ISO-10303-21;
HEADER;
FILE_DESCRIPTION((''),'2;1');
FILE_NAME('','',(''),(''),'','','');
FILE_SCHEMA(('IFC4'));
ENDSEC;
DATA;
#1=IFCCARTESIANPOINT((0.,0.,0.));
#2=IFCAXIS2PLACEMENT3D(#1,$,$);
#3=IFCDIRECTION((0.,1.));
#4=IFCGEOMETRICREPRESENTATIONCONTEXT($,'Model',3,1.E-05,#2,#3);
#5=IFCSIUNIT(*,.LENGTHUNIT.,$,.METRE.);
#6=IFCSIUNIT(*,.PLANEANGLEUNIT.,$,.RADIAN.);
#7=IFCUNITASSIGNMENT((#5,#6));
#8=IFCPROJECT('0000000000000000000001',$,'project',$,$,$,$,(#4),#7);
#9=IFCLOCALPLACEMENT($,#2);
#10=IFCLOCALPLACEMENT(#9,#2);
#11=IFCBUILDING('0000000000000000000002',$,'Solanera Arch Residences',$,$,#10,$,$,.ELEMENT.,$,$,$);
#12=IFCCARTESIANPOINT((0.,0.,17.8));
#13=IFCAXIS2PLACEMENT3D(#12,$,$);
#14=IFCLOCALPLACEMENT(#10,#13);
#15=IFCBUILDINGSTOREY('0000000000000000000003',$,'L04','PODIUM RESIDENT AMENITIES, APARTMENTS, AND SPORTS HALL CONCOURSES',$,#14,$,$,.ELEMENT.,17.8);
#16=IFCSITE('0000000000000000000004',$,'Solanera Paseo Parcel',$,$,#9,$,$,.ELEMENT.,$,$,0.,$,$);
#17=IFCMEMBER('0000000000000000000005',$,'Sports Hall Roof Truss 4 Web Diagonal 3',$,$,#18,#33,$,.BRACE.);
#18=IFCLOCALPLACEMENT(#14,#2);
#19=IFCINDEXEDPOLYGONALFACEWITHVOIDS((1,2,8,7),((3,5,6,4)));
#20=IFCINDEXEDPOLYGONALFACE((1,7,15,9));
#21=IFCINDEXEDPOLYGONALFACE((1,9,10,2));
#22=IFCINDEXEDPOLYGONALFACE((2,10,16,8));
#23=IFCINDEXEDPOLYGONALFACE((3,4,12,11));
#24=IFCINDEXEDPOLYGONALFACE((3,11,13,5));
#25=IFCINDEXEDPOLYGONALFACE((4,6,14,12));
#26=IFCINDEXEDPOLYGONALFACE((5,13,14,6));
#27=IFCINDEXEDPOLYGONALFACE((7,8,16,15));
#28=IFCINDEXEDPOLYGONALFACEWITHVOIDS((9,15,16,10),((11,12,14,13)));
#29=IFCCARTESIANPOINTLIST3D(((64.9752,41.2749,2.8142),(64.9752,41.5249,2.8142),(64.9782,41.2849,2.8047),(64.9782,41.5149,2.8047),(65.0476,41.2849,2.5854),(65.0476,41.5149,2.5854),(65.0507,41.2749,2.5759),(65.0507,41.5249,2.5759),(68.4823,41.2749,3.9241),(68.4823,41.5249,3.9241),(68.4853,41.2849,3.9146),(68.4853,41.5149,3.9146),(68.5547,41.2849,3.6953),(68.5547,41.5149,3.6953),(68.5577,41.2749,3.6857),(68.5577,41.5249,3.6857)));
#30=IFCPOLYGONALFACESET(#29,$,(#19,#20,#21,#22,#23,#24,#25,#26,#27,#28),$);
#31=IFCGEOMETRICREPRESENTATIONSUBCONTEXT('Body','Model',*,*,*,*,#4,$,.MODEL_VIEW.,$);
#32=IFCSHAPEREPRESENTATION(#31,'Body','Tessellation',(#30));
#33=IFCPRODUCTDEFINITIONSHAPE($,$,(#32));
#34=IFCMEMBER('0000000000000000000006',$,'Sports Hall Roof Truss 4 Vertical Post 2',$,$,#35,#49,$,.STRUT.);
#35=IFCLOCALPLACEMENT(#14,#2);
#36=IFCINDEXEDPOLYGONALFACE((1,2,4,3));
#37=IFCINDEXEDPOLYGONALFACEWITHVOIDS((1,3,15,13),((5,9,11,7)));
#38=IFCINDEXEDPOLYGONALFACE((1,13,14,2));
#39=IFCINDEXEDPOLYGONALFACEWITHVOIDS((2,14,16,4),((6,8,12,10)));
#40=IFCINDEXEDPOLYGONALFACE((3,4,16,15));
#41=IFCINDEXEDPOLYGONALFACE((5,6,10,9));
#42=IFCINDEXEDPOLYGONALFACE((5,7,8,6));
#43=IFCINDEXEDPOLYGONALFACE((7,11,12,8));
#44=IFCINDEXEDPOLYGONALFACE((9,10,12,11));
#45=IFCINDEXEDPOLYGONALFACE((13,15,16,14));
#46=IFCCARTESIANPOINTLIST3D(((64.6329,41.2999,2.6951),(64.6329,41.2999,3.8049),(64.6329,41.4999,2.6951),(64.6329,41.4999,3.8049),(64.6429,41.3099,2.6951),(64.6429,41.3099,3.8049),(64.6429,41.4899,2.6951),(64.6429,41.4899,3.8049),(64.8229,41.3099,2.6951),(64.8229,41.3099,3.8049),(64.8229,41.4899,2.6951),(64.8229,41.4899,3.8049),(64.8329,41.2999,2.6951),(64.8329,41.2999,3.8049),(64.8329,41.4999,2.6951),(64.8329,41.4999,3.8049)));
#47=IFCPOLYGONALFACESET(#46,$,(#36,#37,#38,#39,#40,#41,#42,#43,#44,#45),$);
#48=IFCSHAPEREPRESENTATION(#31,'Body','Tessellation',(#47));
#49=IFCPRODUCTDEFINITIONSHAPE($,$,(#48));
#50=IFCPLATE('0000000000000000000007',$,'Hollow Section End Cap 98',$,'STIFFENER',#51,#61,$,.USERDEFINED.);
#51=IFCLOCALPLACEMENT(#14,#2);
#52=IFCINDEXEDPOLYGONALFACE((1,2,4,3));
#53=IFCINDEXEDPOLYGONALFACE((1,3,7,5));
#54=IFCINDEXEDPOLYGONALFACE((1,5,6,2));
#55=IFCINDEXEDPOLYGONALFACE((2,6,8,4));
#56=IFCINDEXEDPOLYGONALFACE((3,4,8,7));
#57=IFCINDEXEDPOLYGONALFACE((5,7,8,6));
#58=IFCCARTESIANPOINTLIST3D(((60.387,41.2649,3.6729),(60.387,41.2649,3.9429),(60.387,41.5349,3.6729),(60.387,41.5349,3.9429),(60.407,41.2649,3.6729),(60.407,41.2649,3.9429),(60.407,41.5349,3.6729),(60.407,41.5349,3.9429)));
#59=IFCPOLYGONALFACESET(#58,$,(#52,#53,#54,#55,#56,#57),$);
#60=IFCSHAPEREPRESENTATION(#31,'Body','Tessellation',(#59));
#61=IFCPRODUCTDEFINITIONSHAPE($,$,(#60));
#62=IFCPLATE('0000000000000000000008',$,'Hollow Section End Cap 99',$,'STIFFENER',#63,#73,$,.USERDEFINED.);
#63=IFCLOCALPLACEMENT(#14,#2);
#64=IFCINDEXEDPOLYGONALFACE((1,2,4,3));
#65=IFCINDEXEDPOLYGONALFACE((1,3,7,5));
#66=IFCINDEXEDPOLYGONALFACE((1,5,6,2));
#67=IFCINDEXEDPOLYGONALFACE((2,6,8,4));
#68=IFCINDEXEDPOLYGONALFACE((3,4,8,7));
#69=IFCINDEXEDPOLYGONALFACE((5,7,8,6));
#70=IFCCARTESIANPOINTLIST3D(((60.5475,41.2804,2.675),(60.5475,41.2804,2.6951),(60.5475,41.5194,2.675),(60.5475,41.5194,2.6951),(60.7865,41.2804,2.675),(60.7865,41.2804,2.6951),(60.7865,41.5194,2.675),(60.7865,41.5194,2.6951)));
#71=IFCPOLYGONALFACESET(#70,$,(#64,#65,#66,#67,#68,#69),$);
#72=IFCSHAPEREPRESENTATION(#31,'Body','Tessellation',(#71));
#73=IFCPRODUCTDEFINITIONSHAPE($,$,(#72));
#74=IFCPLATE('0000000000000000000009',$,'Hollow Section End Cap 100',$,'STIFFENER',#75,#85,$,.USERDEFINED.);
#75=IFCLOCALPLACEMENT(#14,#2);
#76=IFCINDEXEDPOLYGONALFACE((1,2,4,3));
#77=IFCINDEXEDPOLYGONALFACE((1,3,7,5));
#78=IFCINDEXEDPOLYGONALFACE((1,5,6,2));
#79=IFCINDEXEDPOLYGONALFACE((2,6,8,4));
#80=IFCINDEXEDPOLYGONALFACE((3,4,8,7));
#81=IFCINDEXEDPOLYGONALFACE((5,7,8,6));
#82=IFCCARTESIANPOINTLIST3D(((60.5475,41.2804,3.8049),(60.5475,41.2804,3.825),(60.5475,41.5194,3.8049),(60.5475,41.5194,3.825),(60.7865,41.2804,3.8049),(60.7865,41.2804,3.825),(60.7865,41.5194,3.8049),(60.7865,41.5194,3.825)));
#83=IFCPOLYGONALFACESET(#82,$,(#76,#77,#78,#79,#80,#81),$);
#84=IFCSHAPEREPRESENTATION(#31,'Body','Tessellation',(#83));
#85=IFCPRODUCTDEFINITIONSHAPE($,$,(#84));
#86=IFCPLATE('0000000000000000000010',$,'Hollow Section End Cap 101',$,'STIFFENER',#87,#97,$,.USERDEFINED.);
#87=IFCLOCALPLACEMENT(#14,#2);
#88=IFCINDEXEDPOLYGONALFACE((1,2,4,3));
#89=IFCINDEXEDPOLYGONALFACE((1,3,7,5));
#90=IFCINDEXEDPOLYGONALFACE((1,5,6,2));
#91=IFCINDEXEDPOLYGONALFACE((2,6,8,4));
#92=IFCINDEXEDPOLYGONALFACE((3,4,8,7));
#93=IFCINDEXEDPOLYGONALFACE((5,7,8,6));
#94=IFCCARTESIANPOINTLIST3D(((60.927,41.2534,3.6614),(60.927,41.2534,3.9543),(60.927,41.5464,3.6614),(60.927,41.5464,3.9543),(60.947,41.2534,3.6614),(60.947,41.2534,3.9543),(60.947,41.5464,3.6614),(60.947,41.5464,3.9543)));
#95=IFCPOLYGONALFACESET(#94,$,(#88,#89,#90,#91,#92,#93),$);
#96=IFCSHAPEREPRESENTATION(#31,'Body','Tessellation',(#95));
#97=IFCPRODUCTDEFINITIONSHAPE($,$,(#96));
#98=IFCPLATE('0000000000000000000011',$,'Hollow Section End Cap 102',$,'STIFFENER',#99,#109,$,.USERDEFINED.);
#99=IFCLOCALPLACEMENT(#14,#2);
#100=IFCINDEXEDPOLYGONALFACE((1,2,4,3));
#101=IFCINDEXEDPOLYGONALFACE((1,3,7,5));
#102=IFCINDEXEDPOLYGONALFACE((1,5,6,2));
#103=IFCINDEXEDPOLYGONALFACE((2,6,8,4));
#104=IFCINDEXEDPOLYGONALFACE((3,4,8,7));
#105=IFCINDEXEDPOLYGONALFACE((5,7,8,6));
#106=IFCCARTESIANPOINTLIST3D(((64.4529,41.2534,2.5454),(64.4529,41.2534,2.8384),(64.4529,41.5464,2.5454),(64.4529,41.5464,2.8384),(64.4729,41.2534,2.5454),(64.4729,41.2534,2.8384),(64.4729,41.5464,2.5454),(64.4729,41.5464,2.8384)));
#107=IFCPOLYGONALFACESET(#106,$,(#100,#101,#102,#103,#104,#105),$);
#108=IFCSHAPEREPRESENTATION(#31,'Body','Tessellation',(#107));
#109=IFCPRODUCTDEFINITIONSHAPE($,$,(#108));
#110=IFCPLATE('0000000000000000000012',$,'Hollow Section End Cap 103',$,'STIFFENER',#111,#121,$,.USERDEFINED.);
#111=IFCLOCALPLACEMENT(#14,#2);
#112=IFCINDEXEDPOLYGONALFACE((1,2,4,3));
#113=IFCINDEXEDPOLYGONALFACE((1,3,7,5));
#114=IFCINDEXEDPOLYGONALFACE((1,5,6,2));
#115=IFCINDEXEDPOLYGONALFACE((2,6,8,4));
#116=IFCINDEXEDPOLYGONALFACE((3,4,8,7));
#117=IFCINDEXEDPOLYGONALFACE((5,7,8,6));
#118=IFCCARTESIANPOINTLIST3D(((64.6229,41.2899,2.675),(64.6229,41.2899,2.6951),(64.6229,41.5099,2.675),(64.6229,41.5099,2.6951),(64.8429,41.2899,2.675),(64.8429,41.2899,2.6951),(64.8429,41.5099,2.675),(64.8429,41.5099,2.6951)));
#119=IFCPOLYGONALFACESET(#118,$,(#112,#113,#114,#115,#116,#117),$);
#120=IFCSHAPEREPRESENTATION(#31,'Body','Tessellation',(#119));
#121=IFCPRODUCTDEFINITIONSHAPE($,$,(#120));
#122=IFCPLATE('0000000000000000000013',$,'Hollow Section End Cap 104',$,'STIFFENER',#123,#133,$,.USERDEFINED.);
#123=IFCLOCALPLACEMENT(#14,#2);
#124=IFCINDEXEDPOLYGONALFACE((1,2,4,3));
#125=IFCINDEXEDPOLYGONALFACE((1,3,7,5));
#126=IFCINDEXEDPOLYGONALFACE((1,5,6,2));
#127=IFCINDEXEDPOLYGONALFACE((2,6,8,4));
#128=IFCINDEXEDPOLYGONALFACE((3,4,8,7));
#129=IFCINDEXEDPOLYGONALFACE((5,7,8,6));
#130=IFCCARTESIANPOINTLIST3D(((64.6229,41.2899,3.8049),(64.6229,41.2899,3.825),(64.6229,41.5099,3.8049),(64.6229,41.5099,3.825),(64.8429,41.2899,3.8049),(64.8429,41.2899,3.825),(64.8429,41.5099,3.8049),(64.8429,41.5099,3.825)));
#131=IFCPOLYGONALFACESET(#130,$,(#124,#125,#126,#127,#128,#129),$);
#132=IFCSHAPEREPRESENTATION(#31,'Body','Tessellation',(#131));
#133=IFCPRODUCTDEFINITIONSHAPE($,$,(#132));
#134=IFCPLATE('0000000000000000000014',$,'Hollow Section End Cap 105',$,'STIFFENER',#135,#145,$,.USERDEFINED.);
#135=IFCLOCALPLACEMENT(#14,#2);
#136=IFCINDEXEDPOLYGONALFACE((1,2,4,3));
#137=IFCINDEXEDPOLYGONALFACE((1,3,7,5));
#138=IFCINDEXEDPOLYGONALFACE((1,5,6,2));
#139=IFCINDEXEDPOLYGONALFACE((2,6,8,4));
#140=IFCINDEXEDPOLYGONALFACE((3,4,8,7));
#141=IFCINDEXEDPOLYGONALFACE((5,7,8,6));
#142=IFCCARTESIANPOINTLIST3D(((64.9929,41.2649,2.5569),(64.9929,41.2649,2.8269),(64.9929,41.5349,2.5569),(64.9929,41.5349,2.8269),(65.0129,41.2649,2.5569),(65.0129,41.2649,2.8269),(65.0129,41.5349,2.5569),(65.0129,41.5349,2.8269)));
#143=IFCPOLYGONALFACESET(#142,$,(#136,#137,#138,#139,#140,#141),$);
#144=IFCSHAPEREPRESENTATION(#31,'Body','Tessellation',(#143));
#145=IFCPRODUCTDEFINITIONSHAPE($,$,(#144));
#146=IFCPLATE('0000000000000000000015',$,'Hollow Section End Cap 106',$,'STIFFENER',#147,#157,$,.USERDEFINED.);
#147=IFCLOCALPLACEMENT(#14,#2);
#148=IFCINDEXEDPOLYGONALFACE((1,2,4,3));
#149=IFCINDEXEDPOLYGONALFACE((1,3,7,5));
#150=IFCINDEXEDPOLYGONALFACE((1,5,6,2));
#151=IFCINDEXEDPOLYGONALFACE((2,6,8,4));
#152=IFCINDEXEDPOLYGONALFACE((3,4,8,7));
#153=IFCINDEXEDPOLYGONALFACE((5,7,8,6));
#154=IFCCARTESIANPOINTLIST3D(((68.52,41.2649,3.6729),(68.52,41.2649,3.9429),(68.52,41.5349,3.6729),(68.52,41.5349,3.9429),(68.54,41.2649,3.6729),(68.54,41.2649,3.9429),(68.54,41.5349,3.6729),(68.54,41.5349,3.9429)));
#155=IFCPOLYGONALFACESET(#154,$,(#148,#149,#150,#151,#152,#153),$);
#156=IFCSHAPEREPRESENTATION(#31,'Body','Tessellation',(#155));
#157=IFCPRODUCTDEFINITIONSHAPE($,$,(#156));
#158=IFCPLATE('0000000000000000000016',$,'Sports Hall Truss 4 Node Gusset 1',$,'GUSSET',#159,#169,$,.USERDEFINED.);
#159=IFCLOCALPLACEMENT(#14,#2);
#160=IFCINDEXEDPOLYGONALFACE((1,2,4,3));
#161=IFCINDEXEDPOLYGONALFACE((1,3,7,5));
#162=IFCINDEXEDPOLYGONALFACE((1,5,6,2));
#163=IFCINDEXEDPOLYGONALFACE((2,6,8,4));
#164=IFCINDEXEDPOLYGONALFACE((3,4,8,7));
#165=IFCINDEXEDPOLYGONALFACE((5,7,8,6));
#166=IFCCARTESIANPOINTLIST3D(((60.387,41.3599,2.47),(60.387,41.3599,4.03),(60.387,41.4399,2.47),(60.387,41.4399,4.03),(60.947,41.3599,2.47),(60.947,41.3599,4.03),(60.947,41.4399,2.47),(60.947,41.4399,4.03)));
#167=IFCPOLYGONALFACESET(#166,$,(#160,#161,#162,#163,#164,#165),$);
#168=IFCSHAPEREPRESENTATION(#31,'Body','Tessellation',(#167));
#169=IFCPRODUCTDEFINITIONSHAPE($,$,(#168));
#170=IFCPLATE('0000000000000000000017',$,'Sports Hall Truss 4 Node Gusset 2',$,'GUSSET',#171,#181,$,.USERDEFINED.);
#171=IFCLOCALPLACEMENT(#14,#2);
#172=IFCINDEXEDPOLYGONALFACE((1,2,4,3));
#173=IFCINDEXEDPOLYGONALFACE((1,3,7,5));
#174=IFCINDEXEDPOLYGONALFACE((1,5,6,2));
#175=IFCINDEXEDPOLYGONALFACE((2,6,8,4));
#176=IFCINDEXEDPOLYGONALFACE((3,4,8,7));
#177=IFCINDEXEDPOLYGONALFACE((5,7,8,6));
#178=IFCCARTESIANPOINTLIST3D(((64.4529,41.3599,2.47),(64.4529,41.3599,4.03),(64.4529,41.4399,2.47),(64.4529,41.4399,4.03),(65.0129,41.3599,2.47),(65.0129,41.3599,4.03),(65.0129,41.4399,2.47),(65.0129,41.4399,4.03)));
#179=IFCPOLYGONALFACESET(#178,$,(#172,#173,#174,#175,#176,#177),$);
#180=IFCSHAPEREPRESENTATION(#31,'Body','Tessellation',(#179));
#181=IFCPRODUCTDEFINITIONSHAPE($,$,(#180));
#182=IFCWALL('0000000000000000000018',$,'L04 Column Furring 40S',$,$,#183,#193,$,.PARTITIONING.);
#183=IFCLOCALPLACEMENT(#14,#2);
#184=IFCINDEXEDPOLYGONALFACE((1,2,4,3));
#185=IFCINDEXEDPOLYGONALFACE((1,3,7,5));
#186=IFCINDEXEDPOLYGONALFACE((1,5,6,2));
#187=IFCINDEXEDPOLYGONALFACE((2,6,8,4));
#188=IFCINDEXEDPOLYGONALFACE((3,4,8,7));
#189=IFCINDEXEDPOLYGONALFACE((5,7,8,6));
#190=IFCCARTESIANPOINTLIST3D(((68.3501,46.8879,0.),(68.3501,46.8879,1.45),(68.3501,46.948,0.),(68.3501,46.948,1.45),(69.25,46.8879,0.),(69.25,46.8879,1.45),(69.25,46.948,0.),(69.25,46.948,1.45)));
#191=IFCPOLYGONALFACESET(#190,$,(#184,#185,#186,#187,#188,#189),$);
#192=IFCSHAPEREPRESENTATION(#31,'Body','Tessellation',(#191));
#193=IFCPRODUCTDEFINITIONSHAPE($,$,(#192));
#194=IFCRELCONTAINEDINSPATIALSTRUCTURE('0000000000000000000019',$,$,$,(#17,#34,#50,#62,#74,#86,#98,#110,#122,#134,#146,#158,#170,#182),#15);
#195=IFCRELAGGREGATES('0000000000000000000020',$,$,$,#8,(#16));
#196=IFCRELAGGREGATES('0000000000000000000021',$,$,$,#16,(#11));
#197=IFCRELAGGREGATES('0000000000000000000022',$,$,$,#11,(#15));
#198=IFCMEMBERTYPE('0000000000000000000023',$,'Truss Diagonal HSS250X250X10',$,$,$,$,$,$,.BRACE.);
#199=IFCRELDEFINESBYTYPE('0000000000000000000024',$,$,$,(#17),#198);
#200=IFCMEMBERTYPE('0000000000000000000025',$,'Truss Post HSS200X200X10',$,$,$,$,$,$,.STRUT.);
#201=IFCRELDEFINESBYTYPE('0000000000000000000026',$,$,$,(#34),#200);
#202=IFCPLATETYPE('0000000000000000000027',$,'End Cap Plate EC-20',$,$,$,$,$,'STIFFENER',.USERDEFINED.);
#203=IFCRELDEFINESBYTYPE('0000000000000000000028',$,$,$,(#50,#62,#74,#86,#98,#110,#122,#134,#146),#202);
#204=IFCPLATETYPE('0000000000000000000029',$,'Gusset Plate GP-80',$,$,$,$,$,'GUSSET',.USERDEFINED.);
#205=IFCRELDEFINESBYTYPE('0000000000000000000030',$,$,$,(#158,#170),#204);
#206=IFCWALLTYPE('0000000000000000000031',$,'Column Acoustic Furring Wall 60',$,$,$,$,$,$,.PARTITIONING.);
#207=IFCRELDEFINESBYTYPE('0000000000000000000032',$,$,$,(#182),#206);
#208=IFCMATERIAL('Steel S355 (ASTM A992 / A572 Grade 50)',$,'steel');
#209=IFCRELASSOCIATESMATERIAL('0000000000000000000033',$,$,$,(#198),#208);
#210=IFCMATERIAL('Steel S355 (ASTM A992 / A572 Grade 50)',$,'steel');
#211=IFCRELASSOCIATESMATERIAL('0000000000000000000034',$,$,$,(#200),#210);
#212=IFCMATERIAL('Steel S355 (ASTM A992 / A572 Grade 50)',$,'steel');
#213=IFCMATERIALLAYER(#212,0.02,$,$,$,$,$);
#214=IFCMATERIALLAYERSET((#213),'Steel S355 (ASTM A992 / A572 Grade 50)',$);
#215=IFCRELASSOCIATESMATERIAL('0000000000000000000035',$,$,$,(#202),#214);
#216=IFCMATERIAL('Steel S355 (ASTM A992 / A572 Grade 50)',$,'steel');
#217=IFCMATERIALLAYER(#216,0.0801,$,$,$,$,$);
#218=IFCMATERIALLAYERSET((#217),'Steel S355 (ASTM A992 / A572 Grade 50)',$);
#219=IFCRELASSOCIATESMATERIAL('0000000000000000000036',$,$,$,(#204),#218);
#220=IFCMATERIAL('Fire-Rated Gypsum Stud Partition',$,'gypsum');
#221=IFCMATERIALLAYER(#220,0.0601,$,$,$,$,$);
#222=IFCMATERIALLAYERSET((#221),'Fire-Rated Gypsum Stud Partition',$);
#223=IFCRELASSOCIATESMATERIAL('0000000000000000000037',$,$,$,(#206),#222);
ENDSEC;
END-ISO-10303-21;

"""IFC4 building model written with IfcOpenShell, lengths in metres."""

from ifc_helpers import new_model, si_unit, direction, frame, frame_2d, origin, origin_2d, place, context, subcontext, project, spatial, rectangle, hollow_rectangle, extrude, material, layer, layer_set, material_profile, profile_set, type_object, element, save


model = new_model("IFC4")

# Units and contexts
model_context = context("Model", 3, precision=1e-05, world=origin(), true_north=direction((0.0, 1.0)))
body_context = subcontext(model_context, "Body", "Model", "MODEL_VIEW")
ifc_project = project(units=[si_unit("LENGTHUNIT", "METRE"), si_unit("PLANEANGLEUNIT", "RADIAN")], contexts=[model_context])

# Site, building, storey
site_placement = place(None, origin())
site = spatial("IfcSite", under=ifc_project, at=site_placement, Name="Solanera Paseo Parcel", CompositionType="ELEMENT", RefElevation=0.0)
building_placement = place(site_placement, origin())
building = spatial("IfcBuilding", under=site, at=building_placement, Name="Solanera Arch Residences", CompositionType="ELEMENT")
storey_placement = place(building_placement, frame((0.0, 0.0, 17.8)))
storey = spatial("IfcBuildingStorey", under=building, at=storey_placement, Name="L04", Description="PODIUM RESIDENT AMENITIES, APARTMENTS, AND SPORTS HALL CONCOURSES", CompositionType="ELEMENT", Elevation=17.8)

# Members
ifc_material_1 = material(Name="Steel S355 (ASTM A992 / A572 Grade 50)", Category="steel")
ifc_material_profile_1 = material_profile(ifc_material_1, hollow_rectangle(XDim=0.25, YDim=0.25, WallThickness=0.01, at=origin_2d()))
ifc_profile_set_1 = profile_set([ifc_material_profile_1], Name="Steel S355 (ASTM A992 / A572 Grade 50)")
member_type_1 = type_object("IfcMemberType", Name="Truss Diagonal HSS250X250X10", PredefinedType="BRACE", material=ifc_profile_set_1)
member_1_placement = place(storey_placement, frame((65.0129, 41.3999, 2.6951), z_axis=(0.953398, 0.0, 0.301716), x_axis=(0.0, 1.0, 0.0)))
element("IfcMember", 1, at=member_1_placement, inside=storey, type_object=member_type_1, Name="Sports Hall Roof Truss 4 Web Diagonal 3", PredefinedType="BRACE", context=body_context, shape_type="SweptSolid", body=[
    extrude(hollow_rectangle(XDim=0.25, YDim=0.25, WallThickness=0.01, at=origin_2d()), origin(), (0.0, 0.0, 1.0), 3.6785),
])
ifc_material_2 = material(Name="Steel S355 (ASTM A992 / A572 Grade 50)", Category="steel")
ifc_material_profile_2 = material_profile(ifc_material_2, hollow_rectangle(XDim=0.2, YDim=0.2, WallThickness=0.01, at=origin_2d()))
ifc_profile_set_2 = profile_set([ifc_material_profile_2], Name="Steel S355 (ASTM A992 / A572 Grade 50)")
member_type_2 = type_object("IfcMemberType", Name="Truss Post HSS200X200X10", PredefinedType="STRUT", material=ifc_profile_set_2)
member_2_placement = place(storey_placement, frame((64.7329, 41.3999, 2.6951), z_axis=(0.0, 0.0, 1.0), x_axis=(1.0, 0.0, 0.0)))
element("IfcMember", 2, at=member_2_placement, inside=storey, type_object=member_type_2, Name="Sports Hall Roof Truss 4 Vertical Post 2", PredefinedType="STRUT", context=body_context, shape_type="SweptSolid", body=[
    extrude(hollow_rectangle(XDim=0.2, YDim=0.2, WallThickness=0.01, at=origin_2d()), origin(), (0.0, 0.0, 1.0), 1.1099),
])

# Plates
ifc_material_3 = material(Name="Steel S355 (ASTM A992 / A572 Grade 50)", Category="steel")
ifc_layer_1 = layer(ifc_material_3, 0.02)
ifc_layer_set_1 = layer_set([ifc_layer_1], Name="Steel S355 (ASTM A992 / A572 Grade 50)")
plate_type_1 = type_object("IfcPlateType", Name="End Cap Plate EC-20", ElementType="STIFFENER", PredefinedType="USERDEFINED", material=ifc_layer_set_1)
plate_placement = place(storey_placement, frame((60.397, 41.3999, 3.6729), z_axis=(0.0, 0.0, 1.0), x_axis=(1.0, 0.0, 0.0)))
element("IfcPlate", 3, at=plate_placement, inside=storey, type_object=plate_type_1, Name="Hollow Section End Cap 98", ObjectType="STIFFENER", PredefinedType="USERDEFINED", context=body_context, shape_type="SweptSolid", body=[
    extrude(rectangle(XDim=0.02, YDim=0.27, at=origin_2d()), origin(), (0.0, 0.0, 1.0), 0.27),
])
for number, where, z_axis, x_axis, name in (
    (4, (60.667, 41.3999, 2.675), (0.0, 0.0, 1.0), (1.0, 0.0, 0.0), "Hollow Section End Cap 99"),
    (5, (60.667, 41.3999, 3.8049), (0.0, 0.0, 1.0), (1.0, 0.0, 0.0), "Hollow Section End Cap 100"),
):
    element("IfcPlate", number, at=place(storey_placement, frame(where, z_axis=z_axis, x_axis=x_axis)), inside=storey, type_object=plate_type_1, Name=name, ObjectType="STIFFENER", PredefinedType="USERDEFINED", context=body_context, shape_type="SweptSolid", body=[
        extrude(rectangle(XDim=0.239, YDim=0.239, at=origin_2d()), origin(), (0.0, 0.0, 1.0), 0.02),
    ])
for number, where, z_axis, x_axis, name in (
    (6, (60.937, 41.3999, 3.6614), (0.0, 0.0, 1.0), (-1.0, 0.0, 0.0), "Hollow Section End Cap 101"),
    (7, (64.4629, 41.3999, 2.5454), (0.0, 0.0, 1.0), (1.0, 0.0, 0.0), "Hollow Section End Cap 102"),
):
    element("IfcPlate", number, at=place(storey_placement, frame(where, z_axis=z_axis, x_axis=x_axis)), inside=storey, type_object=plate_type_1, Name=name, ObjectType="STIFFENER", PredefinedType="USERDEFINED", context=body_context, shape_type="SweptSolid", body=[
        extrude(rectangle(XDim=0.02, YDim=0.293, at=origin_2d()), origin(), (0.0, 0.0, 1.0), 0.293),
    ])
for number, where, z_axis, x_axis, name in (
    (8, (64.7329, 41.3999, 2.675), (0.0, 0.0, 1.0), (1.0, 0.0, 0.0), "Hollow Section End Cap 103"),
    (9, (64.7329, 41.3999, 3.8049), (0.0, 0.0, 1.0), (1.0, 0.0, 0.0), "Hollow Section End Cap 104"),
):
    element("IfcPlate", number, at=place(storey_placement, frame(where, z_axis=z_axis, x_axis=x_axis)), inside=storey, type_object=plate_type_1, Name=name, ObjectType="STIFFENER", PredefinedType="USERDEFINED", context=body_context, shape_type="SweptSolid", body=[
        extrude(rectangle(XDim=0.22, YDim=0.22, at=origin_2d()), origin(), (0.0, 0.0, 1.0), 0.02),
    ])
for number, where, z_axis, x_axis, name in (
    (10, (65.0029, 41.3999, 2.5569), (0.0, 0.0, 1.0), (-1.0, 0.0, 0.0), "Hollow Section End Cap 105"),
    (11, (68.53, 41.3999, 3.6729), (0.0, 0.0, 1.0), (1.0, 0.0, 0.0), "Hollow Section End Cap 106"),
):
    element("IfcPlate", number, at=place(storey_placement, frame(where, z_axis=z_axis, x_axis=x_axis)), inside=storey, type_object=plate_type_1, Name=name, ObjectType="STIFFENER", PredefinedType="USERDEFINED", context=body_context, shape_type="SweptSolid", body=[
        extrude(rectangle(XDim=0.02, YDim=0.27, at=origin_2d()), origin(), (0.0, 0.0, 1.0), 0.27),
    ])
ifc_material_4 = material(Name="Steel S355 (ASTM A992 / A572 Grade 50)", Category="steel")
ifc_layer_2 = layer(ifc_material_4, 0.0801)
ifc_layer_set_2 = layer_set([ifc_layer_2], Name="Steel S355 (ASTM A992 / A572 Grade 50)")
plate_type_2 = type_object("IfcPlateType", Name="Gusset Plate GP-80", ElementType="GUSSET", PredefinedType="USERDEFINED", material=ifc_layer_set_2)
for number, where, z_axis, x_axis, name in (
    (12, (60.667, 41.3999, 2.47), (0.0, 0.0, 1.0), (1.0, 0.0, 0.0), "Sports Hall Truss 4 Node Gusset 1"),
    (13, (64.7329, 41.3999, 2.47), (0.0, 0.0, 1.0), (1.0, 0.0, 0.0), "Sports Hall Truss 4 Node Gusset 2"),
):
    element("IfcPlate", number, at=place(storey_placement, frame(where, z_axis=z_axis, x_axis=x_axis)), inside=storey, type_object=plate_type_2, Name=name, ObjectType="GUSSET", PredefinedType="USERDEFINED", context=body_context, shape_type="SweptSolid", body=[
        extrude(rectangle(XDim=0.5601, YDim=0.0801, at=origin_2d()), origin(), (0.0, 0.0, 1.0), 1.5601),
    ])

# Wall
ifc_material_5 = material(Name="Fire-Rated Gypsum Stud Partition", Category="gypsum")
ifc_layer_3 = layer(ifc_material_5, 0.0601)
ifc_layer_set_3 = layer_set([ifc_layer_3], Name="Fire-Rated Gypsum Stud Partition")
wall_type_1 = type_object("IfcWallType", Name="Column Acoustic Furring Wall 60", PredefinedType="PARTITIONING", material=ifc_layer_set_3)
for number, where, z_axis, x_axis, name in (
    (14, (68.3501, 46.918, 0.0), (0.0, 0.0, 1.0), (1.0, 0.0, 0.0), "L04 Column Furring 40S"),
):
    element("IfcWall", number, at=place(storey_placement, frame(where, z_axis=z_axis, x_axis=x_axis)), inside=storey, type_object=wall_type_1, Name=name, PredefinedType="PARTITIONING", context=body_context, shape_type="SweptSolid", body=[
        extrude(rectangle(XDim=0.8999, YDim=0.0601, at=frame_2d((0.45, 0.0))), origin(), (0.0, 0.0, 1.0), 1.45),
    ])

save(model, "model.ifc")
